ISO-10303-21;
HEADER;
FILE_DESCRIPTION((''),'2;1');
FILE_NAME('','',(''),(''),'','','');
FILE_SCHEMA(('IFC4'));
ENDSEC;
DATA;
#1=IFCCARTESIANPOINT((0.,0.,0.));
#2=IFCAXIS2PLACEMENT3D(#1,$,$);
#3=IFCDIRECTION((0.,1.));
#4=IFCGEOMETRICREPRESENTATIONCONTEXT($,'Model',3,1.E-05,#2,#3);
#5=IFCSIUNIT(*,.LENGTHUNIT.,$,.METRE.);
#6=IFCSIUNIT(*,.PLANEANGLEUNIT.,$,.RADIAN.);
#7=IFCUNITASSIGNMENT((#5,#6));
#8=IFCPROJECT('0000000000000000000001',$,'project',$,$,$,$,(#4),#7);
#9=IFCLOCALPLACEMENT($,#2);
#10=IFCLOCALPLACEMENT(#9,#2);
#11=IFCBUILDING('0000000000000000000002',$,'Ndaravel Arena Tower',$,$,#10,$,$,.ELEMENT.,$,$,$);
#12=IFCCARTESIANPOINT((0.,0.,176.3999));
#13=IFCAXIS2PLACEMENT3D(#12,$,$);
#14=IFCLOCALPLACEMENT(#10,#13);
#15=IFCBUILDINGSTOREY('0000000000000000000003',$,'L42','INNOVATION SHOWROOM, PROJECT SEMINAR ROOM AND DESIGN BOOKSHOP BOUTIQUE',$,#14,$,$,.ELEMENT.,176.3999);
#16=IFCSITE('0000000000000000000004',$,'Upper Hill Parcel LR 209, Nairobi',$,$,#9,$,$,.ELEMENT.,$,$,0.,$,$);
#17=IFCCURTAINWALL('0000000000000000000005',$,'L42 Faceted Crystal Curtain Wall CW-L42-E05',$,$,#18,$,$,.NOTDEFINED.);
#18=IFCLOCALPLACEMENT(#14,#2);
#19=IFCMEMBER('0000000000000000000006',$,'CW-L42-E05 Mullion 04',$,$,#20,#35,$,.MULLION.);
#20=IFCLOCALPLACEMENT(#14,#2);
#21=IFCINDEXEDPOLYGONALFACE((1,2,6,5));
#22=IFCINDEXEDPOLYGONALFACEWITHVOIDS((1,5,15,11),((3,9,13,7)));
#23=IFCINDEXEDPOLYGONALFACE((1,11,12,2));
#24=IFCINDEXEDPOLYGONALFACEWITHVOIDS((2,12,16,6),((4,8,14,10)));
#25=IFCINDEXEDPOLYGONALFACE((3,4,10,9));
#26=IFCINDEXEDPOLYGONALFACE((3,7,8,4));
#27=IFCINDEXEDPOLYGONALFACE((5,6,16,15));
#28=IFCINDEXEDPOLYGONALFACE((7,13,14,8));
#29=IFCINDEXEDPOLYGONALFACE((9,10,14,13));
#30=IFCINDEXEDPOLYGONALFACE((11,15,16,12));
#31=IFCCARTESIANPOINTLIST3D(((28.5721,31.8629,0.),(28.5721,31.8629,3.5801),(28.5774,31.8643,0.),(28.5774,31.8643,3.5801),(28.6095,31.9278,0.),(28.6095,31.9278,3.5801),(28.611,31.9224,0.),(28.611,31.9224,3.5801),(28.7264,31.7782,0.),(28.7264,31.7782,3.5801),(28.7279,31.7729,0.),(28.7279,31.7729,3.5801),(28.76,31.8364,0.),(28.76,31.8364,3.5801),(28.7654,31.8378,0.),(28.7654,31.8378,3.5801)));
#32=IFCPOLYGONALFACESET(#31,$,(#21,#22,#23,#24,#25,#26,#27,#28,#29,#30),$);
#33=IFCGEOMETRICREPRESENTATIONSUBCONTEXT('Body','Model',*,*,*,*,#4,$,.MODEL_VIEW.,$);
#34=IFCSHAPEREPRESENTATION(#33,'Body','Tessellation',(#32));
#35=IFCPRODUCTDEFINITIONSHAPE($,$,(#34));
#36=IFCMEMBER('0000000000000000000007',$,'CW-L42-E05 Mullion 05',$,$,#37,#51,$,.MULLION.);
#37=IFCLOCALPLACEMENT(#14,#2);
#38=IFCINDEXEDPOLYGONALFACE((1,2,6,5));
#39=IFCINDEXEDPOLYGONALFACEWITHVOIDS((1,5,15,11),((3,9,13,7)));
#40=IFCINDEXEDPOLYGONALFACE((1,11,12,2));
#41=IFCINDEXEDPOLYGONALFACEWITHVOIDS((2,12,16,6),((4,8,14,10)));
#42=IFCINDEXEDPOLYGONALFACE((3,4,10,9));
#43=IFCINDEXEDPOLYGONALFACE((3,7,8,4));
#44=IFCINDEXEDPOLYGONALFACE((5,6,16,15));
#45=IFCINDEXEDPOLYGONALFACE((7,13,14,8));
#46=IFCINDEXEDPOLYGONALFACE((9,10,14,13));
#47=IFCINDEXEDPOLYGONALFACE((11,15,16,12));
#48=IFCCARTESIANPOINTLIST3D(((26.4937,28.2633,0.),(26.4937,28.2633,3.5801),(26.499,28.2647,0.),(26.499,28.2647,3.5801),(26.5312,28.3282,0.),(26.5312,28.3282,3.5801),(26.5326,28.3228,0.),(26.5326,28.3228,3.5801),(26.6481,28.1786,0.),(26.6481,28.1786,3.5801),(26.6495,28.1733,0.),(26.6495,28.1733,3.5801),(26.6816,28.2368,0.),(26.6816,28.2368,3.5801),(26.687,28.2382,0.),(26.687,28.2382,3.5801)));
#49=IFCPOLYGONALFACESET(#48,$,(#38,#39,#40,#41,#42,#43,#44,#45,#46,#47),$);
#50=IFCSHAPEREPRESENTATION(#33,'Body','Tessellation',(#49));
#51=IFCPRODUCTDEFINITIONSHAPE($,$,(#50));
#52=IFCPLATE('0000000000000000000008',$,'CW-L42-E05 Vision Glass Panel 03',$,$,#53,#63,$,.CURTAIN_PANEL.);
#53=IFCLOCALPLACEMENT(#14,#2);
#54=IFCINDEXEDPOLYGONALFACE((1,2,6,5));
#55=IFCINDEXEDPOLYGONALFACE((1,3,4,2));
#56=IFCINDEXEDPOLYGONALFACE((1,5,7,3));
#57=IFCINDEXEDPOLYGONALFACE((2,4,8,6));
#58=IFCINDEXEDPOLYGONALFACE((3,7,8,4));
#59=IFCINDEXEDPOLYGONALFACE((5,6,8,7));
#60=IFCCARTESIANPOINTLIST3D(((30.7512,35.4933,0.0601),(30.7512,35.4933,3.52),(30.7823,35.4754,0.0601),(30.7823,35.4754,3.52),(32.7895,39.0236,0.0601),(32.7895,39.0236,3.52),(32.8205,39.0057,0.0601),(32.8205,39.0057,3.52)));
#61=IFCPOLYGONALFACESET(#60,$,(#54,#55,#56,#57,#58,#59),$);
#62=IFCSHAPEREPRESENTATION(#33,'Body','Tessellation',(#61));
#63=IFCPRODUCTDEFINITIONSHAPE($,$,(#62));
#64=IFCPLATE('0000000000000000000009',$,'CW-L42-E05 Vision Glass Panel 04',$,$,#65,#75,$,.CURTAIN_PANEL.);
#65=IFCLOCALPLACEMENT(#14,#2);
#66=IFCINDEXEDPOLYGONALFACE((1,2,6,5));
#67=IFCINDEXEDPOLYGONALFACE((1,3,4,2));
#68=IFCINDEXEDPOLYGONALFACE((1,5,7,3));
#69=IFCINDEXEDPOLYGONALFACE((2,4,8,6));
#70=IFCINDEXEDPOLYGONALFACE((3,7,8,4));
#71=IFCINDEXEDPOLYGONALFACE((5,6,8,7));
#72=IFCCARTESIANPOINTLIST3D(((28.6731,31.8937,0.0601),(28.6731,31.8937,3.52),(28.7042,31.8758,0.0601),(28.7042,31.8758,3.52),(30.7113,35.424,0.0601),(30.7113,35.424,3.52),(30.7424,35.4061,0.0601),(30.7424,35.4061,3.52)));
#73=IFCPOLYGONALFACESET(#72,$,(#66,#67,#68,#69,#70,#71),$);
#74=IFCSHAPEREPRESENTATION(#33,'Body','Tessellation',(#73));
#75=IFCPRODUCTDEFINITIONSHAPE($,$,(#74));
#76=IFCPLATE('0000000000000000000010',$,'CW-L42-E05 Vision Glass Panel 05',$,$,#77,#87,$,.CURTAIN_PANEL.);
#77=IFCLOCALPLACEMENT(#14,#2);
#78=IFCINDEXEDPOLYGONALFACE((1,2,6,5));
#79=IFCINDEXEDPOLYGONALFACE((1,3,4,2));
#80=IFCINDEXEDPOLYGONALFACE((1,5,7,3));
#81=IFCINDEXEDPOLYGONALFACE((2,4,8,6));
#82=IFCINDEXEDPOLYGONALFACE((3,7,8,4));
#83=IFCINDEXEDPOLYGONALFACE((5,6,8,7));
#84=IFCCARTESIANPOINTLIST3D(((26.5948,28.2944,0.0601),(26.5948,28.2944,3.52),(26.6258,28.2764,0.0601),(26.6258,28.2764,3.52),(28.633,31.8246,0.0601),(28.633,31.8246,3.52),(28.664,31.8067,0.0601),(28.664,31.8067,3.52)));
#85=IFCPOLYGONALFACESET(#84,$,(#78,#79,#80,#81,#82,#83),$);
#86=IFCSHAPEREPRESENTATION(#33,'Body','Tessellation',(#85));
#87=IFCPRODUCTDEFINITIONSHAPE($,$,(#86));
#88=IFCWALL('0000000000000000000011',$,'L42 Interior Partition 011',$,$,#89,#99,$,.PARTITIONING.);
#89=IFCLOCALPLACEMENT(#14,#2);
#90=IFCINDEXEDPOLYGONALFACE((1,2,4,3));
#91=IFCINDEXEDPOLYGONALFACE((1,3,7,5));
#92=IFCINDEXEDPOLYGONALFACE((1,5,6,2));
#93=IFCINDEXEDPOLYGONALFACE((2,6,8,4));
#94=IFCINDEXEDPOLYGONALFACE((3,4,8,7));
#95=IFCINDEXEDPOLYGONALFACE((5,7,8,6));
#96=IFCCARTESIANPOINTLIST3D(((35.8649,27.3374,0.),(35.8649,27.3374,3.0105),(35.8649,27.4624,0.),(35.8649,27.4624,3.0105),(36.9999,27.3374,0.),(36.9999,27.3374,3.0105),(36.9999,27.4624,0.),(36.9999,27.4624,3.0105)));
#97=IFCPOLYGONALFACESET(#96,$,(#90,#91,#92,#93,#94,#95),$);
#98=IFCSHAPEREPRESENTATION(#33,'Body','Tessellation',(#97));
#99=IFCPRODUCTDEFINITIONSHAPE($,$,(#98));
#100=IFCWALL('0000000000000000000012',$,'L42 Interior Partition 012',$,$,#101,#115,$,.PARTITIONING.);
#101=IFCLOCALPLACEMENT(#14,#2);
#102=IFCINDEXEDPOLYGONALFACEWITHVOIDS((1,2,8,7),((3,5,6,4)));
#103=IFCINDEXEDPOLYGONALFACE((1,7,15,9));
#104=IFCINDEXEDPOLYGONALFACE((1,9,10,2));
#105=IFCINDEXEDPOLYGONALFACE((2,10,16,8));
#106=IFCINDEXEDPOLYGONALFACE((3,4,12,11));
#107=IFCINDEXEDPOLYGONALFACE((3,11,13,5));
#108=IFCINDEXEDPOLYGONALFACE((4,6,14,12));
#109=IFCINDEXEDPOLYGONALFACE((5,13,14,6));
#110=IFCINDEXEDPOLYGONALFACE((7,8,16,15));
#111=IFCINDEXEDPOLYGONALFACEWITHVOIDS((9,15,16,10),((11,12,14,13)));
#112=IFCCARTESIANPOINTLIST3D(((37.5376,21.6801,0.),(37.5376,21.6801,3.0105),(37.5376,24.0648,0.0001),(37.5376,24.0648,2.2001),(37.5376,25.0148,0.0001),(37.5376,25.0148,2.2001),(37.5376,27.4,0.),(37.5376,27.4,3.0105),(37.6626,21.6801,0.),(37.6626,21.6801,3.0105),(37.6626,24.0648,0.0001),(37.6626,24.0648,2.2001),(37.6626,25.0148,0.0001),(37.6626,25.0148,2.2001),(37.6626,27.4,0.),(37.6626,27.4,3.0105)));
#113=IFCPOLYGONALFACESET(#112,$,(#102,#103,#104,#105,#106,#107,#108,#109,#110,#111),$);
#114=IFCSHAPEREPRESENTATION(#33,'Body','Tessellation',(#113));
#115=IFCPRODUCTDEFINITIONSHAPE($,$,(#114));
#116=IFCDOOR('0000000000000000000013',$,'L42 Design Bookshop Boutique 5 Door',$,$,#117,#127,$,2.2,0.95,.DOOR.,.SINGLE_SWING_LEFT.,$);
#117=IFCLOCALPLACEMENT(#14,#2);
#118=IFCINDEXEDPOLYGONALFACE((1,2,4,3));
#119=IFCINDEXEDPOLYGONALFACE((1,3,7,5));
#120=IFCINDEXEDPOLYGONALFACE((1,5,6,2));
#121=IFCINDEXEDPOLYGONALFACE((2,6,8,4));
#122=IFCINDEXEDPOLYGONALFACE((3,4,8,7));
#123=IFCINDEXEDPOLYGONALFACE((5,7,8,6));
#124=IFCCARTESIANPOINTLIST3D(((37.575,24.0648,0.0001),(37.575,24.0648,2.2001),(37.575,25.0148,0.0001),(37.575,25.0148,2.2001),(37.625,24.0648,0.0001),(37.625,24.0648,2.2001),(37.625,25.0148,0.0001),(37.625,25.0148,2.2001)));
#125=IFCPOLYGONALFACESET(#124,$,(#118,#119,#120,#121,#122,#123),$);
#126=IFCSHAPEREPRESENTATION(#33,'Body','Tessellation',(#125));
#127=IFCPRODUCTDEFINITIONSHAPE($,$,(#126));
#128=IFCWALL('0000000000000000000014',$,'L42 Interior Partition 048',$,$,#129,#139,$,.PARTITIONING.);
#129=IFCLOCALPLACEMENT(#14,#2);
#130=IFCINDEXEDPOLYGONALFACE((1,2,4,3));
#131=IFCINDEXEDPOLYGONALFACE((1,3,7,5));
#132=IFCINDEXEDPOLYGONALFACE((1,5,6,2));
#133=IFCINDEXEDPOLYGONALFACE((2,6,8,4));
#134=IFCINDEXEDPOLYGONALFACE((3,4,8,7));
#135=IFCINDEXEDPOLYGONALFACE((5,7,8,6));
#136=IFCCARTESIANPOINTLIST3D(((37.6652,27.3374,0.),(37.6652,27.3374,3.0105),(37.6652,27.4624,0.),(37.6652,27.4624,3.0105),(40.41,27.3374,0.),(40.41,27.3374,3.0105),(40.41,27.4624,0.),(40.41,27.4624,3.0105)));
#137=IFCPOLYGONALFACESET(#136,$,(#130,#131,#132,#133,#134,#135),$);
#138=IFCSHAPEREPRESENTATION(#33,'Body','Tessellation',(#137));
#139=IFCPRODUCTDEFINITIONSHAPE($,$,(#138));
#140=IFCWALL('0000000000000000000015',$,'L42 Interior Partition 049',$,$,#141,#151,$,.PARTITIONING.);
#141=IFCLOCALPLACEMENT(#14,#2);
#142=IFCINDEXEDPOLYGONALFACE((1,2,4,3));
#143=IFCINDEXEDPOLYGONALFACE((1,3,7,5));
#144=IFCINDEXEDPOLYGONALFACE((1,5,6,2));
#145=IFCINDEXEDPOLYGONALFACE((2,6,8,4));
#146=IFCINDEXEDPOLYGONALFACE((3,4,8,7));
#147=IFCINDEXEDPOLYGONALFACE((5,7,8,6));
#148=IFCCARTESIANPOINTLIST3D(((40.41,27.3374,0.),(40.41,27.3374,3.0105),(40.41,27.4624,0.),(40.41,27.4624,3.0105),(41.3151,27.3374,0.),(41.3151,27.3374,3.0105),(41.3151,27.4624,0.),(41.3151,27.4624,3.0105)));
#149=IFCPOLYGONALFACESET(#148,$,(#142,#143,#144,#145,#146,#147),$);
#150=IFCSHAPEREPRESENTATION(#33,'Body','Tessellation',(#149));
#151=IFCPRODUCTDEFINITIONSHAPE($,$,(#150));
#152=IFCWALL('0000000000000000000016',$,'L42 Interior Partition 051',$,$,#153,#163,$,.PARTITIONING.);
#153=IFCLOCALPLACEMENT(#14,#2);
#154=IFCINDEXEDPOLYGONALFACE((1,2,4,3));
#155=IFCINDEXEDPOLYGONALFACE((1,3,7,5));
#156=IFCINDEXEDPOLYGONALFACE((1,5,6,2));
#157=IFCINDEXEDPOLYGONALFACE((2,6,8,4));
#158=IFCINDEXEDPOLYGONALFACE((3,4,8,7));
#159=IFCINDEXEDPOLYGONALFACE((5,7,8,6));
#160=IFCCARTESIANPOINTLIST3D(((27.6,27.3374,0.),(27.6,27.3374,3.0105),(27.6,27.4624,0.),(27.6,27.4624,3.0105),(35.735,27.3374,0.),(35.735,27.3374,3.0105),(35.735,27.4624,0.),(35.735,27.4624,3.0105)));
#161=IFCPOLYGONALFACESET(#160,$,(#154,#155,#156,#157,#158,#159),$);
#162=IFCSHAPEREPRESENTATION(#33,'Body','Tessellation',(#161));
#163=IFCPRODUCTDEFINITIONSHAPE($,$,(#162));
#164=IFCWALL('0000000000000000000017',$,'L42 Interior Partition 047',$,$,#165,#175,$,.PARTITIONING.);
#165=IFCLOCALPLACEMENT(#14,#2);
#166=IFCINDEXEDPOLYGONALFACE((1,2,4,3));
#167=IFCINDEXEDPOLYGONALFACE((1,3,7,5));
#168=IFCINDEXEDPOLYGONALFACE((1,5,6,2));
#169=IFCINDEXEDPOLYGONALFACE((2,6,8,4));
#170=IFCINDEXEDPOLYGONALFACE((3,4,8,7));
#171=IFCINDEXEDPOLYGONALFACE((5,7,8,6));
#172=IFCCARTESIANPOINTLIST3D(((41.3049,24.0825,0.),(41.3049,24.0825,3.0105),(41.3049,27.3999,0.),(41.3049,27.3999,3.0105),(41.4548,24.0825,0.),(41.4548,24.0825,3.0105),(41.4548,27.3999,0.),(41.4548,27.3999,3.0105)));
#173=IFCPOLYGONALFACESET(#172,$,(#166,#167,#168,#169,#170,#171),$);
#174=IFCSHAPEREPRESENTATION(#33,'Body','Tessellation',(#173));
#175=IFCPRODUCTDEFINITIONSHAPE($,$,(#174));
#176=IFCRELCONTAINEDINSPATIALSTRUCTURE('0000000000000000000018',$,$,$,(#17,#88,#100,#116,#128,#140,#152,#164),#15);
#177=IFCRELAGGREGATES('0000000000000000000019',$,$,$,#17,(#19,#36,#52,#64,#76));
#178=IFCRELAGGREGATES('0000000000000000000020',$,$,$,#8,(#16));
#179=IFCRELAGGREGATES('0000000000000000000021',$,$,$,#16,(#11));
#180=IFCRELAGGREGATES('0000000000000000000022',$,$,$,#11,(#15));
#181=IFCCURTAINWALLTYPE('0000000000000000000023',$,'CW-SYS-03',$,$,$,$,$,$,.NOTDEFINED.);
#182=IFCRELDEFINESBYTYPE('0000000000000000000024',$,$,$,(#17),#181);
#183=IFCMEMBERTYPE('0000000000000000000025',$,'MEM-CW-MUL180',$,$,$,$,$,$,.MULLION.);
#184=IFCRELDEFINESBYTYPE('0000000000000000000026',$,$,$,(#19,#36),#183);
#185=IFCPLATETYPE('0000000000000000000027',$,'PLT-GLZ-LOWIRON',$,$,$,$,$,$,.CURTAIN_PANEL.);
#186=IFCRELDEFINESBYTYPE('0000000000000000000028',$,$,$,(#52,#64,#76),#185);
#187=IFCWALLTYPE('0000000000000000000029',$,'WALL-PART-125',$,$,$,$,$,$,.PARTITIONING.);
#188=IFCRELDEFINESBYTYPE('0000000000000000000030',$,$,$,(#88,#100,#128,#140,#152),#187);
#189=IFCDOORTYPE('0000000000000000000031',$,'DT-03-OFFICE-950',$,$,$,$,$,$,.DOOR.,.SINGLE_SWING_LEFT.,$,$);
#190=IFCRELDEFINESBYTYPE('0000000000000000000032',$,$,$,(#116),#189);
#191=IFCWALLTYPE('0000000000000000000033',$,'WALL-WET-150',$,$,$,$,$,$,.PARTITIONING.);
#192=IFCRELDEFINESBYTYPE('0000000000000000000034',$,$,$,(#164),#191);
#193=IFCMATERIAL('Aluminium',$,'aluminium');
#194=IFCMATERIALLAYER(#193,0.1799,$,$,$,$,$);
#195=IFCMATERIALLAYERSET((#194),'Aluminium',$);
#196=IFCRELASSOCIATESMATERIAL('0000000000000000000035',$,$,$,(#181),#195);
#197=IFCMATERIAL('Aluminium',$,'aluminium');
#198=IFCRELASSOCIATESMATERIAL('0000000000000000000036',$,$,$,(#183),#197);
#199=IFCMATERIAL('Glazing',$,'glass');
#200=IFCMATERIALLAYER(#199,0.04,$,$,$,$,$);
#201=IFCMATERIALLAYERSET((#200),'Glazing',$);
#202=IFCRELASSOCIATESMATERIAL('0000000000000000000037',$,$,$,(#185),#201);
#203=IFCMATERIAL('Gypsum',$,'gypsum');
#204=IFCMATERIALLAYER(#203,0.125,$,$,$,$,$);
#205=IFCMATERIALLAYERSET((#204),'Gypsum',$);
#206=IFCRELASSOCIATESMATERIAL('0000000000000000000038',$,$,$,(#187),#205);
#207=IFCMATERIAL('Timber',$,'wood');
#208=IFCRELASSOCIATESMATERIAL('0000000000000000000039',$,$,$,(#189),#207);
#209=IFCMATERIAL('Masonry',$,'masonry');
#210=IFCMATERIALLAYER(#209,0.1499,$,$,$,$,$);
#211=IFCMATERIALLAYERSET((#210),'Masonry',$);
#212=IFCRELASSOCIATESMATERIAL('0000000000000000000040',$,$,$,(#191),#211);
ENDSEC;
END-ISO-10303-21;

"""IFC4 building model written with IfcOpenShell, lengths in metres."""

from ifc_helpers import new_model, si_unit, direction, frame, frame_2d, origin, origin_2d, place, context, subcontext, project, spatial, rectangle, hollow_rectangle, extrude, material, layer, layer_set, material_profile, profile_set, type_object, element, fill, aggregate, save


model = new_model("IFC4")

# Units and contexts
model_context = context("Model", 3, precision=1e-05, world=origin(), true_north=direction((0.0, 1.0)))
body_context = subcontext(model_context, "Body", "Model", "MODEL_VIEW")
ifc_project = project(units=[si_unit("LENGTHUNIT", "METRE"), si_unit("PLANEANGLEUNIT", "RADIAN")], contexts=[model_context])

# Site, building, storey
site_placement = place(None, origin())
site = spatial("IfcSite", under=ifc_project, at=site_placement, Name="Upper Hill Parcel LR 209, Nairobi", CompositionType="ELEMENT", RefElevation=0.0)
building_placement = place(site_placement, origin())
building = spatial("IfcBuilding", under=site, at=building_placement, Name="Ndaravel Arena Tower", CompositionType="ELEMENT")
storey_placement = place(building_placement, frame((0.0, 0.0, 176.3999)))
storey = spatial("IfcBuildingStorey", under=building, at=storey_placement, Name="L42", Description="INNOVATION SHOWROOM, PROJECT SEMINAR ROOM AND DESIGN BOOKSHOP BOUTIQUE", CompositionType="ELEMENT", Elevation=176.3999)

# Curtain wall, members, plates
ifc_material_1 = material(Name="Aluminium", Category="aluminium")
ifc_layer_1 = layer(ifc_material_1, 0.1799)
ifc_layer_set_1 = layer_set([ifc_layer_1], Name="Aluminium")
curtain_wall_type = type_object("IfcCurtainWallType", Name="CW-SYS-03", PredefinedType="NOTDEFINED", material=ifc_layer_set_1)
curtain_wall_placement = place(storey_placement, origin())
curtain_wall = element("IfcCurtainWall", 1, at=curtain_wall_placement, inside=storey, type_object=curtain_wall_type, Name="L42 Faceted Crystal Curtain Wall CW-L42-E05", PredefinedType="NOTDEFINED")
ifc_material_2 = material(Name="Aluminium", Category="aluminium")
ifc_material_profile_1 = material_profile(ifc_material_2, hollow_rectangle(XDim=0.075, YDim=0.1799, WallThickness=0.0039, at=origin_2d()), Name="CW MULLION 75x180x4")
ifc_profile_set_1 = profile_set([ifc_material_profile_1], Name="Aluminium")
member_type = type_object("IfcMemberType", Name="MEM-CW-MUL180", PredefinedType="MULLION", material=ifc_profile_set_1)
member_1_placement = place(storey_placement, frame((28.6687, 31.8503, 0.0), z_axis=(0.0, 0.0, 1.0), x_axis=(-0.5, -0.866025, 0.0)))
member_1 = element("IfcMember", 2, at=member_1_placement, type_object=member_type, Name="CW-L42-E05 Mullion 04", PredefinedType="MULLION", context=body_context, shape_type="SweptSolid", body=[
    extrude(hollow_rectangle(XDim=0.075, YDim=0.1799, WallThickness=0.0039, at=origin_2d()), origin(), (0.0, 0.0, 1.0), 3.5801),
])
member_2_placement = place(storey_placement, frame((26.5903, 28.2507, 0.0), z_axis=(0.0, 0.0, 1.0), x_axis=(-0.5, -0.866025, 0.0)))
member_2 = element("IfcMember", 3, at=member_2_placement, type_object=member_type, Name="CW-L42-E05 Mullion 05", PredefinedType="MULLION", context=body_context, shape_type="SweptSolid", body=[
    extrude(hollow_rectangle(XDim=0.075, YDim=0.1799, WallThickness=0.0039, at=origin_2d()), origin(), (0.0, 0.0, 1.0), 3.5801),
])
ifc_material_3 = material(Name="Glazing", Category="glass")
ifc_layer_2 = layer(ifc_material_3, 0.04)
ifc_layer_set_2 = layer_set([ifc_layer_2], Name="Glazing")
plate_type = type_object("IfcPlateType", Name="PLT-GLZ-LOWIRON", PredefinedType="CURTAIN_PANEL", material=ifc_layer_set_2)
plate_1_placement = place(storey_placement, frame((31.7859, 37.2495, 0.0601), z_axis=(0.0, 0.0, 1.0), x_axis=(-0.5, -0.866025, 0.0)))
plate_1 = element("IfcPlate", 4, at=plate_1_placement, type_object=plate_type, Name="CW-L42-E05 Vision Glass Panel 03", PredefinedType="CURTAIN_PANEL", context=body_context, shape_type="SweptSolid", body=[
    extrude(rectangle(XDim=4.0764, YDim=0.0359, at=origin_2d()), origin(), (0.0, 0.0, 1.0), 3.46),
])
plate_2_placement = place(storey_placement, frame((29.7078, 33.6499, 0.0601), z_axis=(0.0, 0.0, 1.0), x_axis=(-0.5, -0.866025, 0.0)))
plate_2 = element("IfcPlate", 5, at=plate_2_placement, type_object=plate_type, Name="CW-L42-E05 Vision Glass Panel 04", PredefinedType="CURTAIN_PANEL", context=body_context, shape_type="SweptSolid", body=[
    extrude(rectangle(XDim=4.0764, YDim=0.0359, at=origin_2d()), origin(), (0.0, 0.0, 1.0), 3.46),
])
plate_3_placement = place(storey_placement, frame((27.6294, 30.0505, 0.0601), z_axis=(0.0, 0.0, 1.0), x_axis=(-0.5, -0.866025, 0.0)))
plate_3 = element("IfcPlate", 6, at=plate_3_placement, type_object=plate_type, Name="CW-L42-E05 Vision Glass Panel 05", PredefinedType="CURTAIN_PANEL", context=body_context, shape_type="SweptSolid", body=[
    extrude(rectangle(XDim=4.0764, YDim=0.0359, at=origin_2d()), origin(), (0.0, 0.0, 1.0), 3.46),
])
aggregate(curtain_wall, [member_1, member_2, plate_1, plate_2, plate_3])

# Wall
ifc_material_4 = material(Name="Gypsum", Category="gypsum")
ifc_layer_3 = layer(ifc_material_4, 0.125)
ifc_layer_set_3 = layer_set([ifc_layer_3], Name="Gypsum")
wall_type_1 = type_object("IfcWallType", Name="WALL-PART-125", PredefinedType="PARTITIONING", material=ifc_layer_set_3)
wall_1_placement = place(storey_placement, frame((35.865, 27.3999, 0.0), z_axis=(0.0, 0.0, 1.0), x_axis=(1.0, 0.0, 0.0)))
element("IfcWall", 7, at=wall_1_placement, inside=storey, type_object=wall_type_1, Name="L42 Interior Partition 011", PredefinedType="PARTITIONING", context=body_context, shape_type="SweptSolid", body=[
    extrude(rectangle(XDim=1.135, YDim=0.125, at=frame_2d((0.5674, 0.0))), origin(), (0.0, 0.0, 1.0), 3.0105),
])

# Wall, opening, door
wall_2_placement = place(storey_placement, frame((37.6001, 27.3999, 0.0), z_axis=(0.0, 0.0, 1.0), x_axis=(0.0, -1.0, 0.0)))
wall_2 = element("IfcWall", 8, at=wall_2_placement, inside=storey, type_object=wall_type_1, Name="L42 Interior Partition 012", PredefinedType="PARTITIONING", context=body_context, shape_type="SweptSolid", body=[
    extrude(rectangle(XDim=5.72, YDim=0.125, at=frame_2d((2.8599, 0.0))), origin(), (0.0, 0.0, 1.0), 3.0105),
])
opening_placement = place(wall_2_placement, frame((2.385, 0.0, 0.0)))
opening = element("IfcOpeningElement", 9, at=opening_placement, cuts=wall_2, PredefinedType="OPENING", context=body_context, shape_type="SweptSolid", body=[
    extrude(rectangle(XDim=0.95, YDim=2.2, at=frame_2d((0.4751, 1.1001))), frame((0.0, 0.0625, 0.0), z_axis=(0.0, -1.0, 0.0), x_axis=(1.0, 0.0, 0.0)), (0.0, 0.0, 1.0), 0.125),
])
ifc_material_5 = material(Name="Timber", Category="wood")
door_type = type_object("IfcDoorType", Name="DT-03-OFFICE-950", OperationType="SINGLE_SWING_LEFT", PredefinedType="DOOR", material=ifc_material_5)
door_placement = place(opening_placement, origin())
door = element("IfcDoor", 10, at=door_placement, inside=storey, type_object=door_type, Name="L42 Design Bookshop Boutique 5 Door", OperationType="SINGLE_SWING_LEFT", OverallHeight=2.2, OverallWidth=0.95, PredefinedType="DOOR", context=body_context, shape_type="SweptSolid", body=[
    extrude(rectangle(XDim=0.95, YDim=2.2, at=frame_2d((0.4751, 1.1001))), frame((0.0, 0.0249, 0.0), z_axis=(0.0, -1.0, 0.0), x_axis=(1.0, 0.0, 0.0)), (0.0, 0.0, 1.0), 0.05),
])
fill(opening, door)

# Walls
wall_3_placement = place(storey_placement, frame((37.665, 27.3999, 0.0), z_axis=(0.0, 0.0, 1.0), x_axis=(1.0, 0.0, 0.0)))
element("IfcWall", 11, at=wall_3_placement, inside=storey, type_object=wall_type_1, Name="L42 Interior Partition 048", PredefinedType="PARTITIONING", context=body_context, shape_type="SweptSolid", body=[
    extrude(rectangle(XDim=2.7449, YDim=0.125, at=frame_2d((1.3726, 0.0))), origin(), (0.0, 0.0, 1.0), 3.0105),
])
wall_4_placement = place(storey_placement, frame((40.4099, 27.3999, 0.0), z_axis=(0.0, 0.0, 1.0), x_axis=(1.0, 0.0, 0.0)))
element("IfcWall", 12, at=wall_4_placement, inside=storey, type_object=wall_type_1, Name="L42 Interior Partition 049", PredefinedType="PARTITIONING", context=body_context, shape_type="SweptSolid", body=[
    extrude(rectangle(XDim=0.905, YDim=0.125, at=frame_2d((0.4526, 0.0))), origin(), (0.0, 0.0, 1.0), 3.0105),
])
wall_5_placement = place(storey_placement, frame((27.6001, 27.3999, 0.0), z_axis=(0.0, 0.0, 1.0), x_axis=(1.0, 0.0, 0.0)))
element("IfcWall", 13, at=wall_5_placement, inside=storey, type_object=wall_type_1, Name="L42 Interior Partition 051", PredefinedType="PARTITIONING", context=body_context, shape_type="SweptSolid", body=[
    extrude(rectangle(XDim=8.135, YDim=0.125, at=frame_2d((4.0674, 0.0))), origin(), (0.0, 0.0, 1.0), 3.0105),
])
ifc_material_6 = material(Name="Masonry", Category="masonry")
ifc_layer_4 = layer(ifc_material_6, 0.1499)
ifc_layer_set_4 = layer_set([ifc_layer_4], Name="Masonry")
wall_type_2 = type_object("IfcWallType", Name="WALL-WET-150", PredefinedType="PARTITIONING", material=ifc_layer_set_4)
wall_6_placement = place(storey_placement, frame((41.3799, 27.3999, 0.0), z_axis=(0.0, 0.0, 1.0), x_axis=(0.0, -1.0, 0.0)))
element("IfcWall", 14, at=wall_6_placement, inside=storey, type_object=wall_type_2, Name="L42 Interior Partition 047", PredefinedType="PARTITIONING", context=body_context, shape_type="SweptSolid", body=[
    extrude(rectangle(XDim=3.3174, YDim=0.1499, at=frame_2d((1.6587, 0.0))), origin(), (0.0, 0.0, 1.0), 3.0105),
])

save(model, "model.ifc")
